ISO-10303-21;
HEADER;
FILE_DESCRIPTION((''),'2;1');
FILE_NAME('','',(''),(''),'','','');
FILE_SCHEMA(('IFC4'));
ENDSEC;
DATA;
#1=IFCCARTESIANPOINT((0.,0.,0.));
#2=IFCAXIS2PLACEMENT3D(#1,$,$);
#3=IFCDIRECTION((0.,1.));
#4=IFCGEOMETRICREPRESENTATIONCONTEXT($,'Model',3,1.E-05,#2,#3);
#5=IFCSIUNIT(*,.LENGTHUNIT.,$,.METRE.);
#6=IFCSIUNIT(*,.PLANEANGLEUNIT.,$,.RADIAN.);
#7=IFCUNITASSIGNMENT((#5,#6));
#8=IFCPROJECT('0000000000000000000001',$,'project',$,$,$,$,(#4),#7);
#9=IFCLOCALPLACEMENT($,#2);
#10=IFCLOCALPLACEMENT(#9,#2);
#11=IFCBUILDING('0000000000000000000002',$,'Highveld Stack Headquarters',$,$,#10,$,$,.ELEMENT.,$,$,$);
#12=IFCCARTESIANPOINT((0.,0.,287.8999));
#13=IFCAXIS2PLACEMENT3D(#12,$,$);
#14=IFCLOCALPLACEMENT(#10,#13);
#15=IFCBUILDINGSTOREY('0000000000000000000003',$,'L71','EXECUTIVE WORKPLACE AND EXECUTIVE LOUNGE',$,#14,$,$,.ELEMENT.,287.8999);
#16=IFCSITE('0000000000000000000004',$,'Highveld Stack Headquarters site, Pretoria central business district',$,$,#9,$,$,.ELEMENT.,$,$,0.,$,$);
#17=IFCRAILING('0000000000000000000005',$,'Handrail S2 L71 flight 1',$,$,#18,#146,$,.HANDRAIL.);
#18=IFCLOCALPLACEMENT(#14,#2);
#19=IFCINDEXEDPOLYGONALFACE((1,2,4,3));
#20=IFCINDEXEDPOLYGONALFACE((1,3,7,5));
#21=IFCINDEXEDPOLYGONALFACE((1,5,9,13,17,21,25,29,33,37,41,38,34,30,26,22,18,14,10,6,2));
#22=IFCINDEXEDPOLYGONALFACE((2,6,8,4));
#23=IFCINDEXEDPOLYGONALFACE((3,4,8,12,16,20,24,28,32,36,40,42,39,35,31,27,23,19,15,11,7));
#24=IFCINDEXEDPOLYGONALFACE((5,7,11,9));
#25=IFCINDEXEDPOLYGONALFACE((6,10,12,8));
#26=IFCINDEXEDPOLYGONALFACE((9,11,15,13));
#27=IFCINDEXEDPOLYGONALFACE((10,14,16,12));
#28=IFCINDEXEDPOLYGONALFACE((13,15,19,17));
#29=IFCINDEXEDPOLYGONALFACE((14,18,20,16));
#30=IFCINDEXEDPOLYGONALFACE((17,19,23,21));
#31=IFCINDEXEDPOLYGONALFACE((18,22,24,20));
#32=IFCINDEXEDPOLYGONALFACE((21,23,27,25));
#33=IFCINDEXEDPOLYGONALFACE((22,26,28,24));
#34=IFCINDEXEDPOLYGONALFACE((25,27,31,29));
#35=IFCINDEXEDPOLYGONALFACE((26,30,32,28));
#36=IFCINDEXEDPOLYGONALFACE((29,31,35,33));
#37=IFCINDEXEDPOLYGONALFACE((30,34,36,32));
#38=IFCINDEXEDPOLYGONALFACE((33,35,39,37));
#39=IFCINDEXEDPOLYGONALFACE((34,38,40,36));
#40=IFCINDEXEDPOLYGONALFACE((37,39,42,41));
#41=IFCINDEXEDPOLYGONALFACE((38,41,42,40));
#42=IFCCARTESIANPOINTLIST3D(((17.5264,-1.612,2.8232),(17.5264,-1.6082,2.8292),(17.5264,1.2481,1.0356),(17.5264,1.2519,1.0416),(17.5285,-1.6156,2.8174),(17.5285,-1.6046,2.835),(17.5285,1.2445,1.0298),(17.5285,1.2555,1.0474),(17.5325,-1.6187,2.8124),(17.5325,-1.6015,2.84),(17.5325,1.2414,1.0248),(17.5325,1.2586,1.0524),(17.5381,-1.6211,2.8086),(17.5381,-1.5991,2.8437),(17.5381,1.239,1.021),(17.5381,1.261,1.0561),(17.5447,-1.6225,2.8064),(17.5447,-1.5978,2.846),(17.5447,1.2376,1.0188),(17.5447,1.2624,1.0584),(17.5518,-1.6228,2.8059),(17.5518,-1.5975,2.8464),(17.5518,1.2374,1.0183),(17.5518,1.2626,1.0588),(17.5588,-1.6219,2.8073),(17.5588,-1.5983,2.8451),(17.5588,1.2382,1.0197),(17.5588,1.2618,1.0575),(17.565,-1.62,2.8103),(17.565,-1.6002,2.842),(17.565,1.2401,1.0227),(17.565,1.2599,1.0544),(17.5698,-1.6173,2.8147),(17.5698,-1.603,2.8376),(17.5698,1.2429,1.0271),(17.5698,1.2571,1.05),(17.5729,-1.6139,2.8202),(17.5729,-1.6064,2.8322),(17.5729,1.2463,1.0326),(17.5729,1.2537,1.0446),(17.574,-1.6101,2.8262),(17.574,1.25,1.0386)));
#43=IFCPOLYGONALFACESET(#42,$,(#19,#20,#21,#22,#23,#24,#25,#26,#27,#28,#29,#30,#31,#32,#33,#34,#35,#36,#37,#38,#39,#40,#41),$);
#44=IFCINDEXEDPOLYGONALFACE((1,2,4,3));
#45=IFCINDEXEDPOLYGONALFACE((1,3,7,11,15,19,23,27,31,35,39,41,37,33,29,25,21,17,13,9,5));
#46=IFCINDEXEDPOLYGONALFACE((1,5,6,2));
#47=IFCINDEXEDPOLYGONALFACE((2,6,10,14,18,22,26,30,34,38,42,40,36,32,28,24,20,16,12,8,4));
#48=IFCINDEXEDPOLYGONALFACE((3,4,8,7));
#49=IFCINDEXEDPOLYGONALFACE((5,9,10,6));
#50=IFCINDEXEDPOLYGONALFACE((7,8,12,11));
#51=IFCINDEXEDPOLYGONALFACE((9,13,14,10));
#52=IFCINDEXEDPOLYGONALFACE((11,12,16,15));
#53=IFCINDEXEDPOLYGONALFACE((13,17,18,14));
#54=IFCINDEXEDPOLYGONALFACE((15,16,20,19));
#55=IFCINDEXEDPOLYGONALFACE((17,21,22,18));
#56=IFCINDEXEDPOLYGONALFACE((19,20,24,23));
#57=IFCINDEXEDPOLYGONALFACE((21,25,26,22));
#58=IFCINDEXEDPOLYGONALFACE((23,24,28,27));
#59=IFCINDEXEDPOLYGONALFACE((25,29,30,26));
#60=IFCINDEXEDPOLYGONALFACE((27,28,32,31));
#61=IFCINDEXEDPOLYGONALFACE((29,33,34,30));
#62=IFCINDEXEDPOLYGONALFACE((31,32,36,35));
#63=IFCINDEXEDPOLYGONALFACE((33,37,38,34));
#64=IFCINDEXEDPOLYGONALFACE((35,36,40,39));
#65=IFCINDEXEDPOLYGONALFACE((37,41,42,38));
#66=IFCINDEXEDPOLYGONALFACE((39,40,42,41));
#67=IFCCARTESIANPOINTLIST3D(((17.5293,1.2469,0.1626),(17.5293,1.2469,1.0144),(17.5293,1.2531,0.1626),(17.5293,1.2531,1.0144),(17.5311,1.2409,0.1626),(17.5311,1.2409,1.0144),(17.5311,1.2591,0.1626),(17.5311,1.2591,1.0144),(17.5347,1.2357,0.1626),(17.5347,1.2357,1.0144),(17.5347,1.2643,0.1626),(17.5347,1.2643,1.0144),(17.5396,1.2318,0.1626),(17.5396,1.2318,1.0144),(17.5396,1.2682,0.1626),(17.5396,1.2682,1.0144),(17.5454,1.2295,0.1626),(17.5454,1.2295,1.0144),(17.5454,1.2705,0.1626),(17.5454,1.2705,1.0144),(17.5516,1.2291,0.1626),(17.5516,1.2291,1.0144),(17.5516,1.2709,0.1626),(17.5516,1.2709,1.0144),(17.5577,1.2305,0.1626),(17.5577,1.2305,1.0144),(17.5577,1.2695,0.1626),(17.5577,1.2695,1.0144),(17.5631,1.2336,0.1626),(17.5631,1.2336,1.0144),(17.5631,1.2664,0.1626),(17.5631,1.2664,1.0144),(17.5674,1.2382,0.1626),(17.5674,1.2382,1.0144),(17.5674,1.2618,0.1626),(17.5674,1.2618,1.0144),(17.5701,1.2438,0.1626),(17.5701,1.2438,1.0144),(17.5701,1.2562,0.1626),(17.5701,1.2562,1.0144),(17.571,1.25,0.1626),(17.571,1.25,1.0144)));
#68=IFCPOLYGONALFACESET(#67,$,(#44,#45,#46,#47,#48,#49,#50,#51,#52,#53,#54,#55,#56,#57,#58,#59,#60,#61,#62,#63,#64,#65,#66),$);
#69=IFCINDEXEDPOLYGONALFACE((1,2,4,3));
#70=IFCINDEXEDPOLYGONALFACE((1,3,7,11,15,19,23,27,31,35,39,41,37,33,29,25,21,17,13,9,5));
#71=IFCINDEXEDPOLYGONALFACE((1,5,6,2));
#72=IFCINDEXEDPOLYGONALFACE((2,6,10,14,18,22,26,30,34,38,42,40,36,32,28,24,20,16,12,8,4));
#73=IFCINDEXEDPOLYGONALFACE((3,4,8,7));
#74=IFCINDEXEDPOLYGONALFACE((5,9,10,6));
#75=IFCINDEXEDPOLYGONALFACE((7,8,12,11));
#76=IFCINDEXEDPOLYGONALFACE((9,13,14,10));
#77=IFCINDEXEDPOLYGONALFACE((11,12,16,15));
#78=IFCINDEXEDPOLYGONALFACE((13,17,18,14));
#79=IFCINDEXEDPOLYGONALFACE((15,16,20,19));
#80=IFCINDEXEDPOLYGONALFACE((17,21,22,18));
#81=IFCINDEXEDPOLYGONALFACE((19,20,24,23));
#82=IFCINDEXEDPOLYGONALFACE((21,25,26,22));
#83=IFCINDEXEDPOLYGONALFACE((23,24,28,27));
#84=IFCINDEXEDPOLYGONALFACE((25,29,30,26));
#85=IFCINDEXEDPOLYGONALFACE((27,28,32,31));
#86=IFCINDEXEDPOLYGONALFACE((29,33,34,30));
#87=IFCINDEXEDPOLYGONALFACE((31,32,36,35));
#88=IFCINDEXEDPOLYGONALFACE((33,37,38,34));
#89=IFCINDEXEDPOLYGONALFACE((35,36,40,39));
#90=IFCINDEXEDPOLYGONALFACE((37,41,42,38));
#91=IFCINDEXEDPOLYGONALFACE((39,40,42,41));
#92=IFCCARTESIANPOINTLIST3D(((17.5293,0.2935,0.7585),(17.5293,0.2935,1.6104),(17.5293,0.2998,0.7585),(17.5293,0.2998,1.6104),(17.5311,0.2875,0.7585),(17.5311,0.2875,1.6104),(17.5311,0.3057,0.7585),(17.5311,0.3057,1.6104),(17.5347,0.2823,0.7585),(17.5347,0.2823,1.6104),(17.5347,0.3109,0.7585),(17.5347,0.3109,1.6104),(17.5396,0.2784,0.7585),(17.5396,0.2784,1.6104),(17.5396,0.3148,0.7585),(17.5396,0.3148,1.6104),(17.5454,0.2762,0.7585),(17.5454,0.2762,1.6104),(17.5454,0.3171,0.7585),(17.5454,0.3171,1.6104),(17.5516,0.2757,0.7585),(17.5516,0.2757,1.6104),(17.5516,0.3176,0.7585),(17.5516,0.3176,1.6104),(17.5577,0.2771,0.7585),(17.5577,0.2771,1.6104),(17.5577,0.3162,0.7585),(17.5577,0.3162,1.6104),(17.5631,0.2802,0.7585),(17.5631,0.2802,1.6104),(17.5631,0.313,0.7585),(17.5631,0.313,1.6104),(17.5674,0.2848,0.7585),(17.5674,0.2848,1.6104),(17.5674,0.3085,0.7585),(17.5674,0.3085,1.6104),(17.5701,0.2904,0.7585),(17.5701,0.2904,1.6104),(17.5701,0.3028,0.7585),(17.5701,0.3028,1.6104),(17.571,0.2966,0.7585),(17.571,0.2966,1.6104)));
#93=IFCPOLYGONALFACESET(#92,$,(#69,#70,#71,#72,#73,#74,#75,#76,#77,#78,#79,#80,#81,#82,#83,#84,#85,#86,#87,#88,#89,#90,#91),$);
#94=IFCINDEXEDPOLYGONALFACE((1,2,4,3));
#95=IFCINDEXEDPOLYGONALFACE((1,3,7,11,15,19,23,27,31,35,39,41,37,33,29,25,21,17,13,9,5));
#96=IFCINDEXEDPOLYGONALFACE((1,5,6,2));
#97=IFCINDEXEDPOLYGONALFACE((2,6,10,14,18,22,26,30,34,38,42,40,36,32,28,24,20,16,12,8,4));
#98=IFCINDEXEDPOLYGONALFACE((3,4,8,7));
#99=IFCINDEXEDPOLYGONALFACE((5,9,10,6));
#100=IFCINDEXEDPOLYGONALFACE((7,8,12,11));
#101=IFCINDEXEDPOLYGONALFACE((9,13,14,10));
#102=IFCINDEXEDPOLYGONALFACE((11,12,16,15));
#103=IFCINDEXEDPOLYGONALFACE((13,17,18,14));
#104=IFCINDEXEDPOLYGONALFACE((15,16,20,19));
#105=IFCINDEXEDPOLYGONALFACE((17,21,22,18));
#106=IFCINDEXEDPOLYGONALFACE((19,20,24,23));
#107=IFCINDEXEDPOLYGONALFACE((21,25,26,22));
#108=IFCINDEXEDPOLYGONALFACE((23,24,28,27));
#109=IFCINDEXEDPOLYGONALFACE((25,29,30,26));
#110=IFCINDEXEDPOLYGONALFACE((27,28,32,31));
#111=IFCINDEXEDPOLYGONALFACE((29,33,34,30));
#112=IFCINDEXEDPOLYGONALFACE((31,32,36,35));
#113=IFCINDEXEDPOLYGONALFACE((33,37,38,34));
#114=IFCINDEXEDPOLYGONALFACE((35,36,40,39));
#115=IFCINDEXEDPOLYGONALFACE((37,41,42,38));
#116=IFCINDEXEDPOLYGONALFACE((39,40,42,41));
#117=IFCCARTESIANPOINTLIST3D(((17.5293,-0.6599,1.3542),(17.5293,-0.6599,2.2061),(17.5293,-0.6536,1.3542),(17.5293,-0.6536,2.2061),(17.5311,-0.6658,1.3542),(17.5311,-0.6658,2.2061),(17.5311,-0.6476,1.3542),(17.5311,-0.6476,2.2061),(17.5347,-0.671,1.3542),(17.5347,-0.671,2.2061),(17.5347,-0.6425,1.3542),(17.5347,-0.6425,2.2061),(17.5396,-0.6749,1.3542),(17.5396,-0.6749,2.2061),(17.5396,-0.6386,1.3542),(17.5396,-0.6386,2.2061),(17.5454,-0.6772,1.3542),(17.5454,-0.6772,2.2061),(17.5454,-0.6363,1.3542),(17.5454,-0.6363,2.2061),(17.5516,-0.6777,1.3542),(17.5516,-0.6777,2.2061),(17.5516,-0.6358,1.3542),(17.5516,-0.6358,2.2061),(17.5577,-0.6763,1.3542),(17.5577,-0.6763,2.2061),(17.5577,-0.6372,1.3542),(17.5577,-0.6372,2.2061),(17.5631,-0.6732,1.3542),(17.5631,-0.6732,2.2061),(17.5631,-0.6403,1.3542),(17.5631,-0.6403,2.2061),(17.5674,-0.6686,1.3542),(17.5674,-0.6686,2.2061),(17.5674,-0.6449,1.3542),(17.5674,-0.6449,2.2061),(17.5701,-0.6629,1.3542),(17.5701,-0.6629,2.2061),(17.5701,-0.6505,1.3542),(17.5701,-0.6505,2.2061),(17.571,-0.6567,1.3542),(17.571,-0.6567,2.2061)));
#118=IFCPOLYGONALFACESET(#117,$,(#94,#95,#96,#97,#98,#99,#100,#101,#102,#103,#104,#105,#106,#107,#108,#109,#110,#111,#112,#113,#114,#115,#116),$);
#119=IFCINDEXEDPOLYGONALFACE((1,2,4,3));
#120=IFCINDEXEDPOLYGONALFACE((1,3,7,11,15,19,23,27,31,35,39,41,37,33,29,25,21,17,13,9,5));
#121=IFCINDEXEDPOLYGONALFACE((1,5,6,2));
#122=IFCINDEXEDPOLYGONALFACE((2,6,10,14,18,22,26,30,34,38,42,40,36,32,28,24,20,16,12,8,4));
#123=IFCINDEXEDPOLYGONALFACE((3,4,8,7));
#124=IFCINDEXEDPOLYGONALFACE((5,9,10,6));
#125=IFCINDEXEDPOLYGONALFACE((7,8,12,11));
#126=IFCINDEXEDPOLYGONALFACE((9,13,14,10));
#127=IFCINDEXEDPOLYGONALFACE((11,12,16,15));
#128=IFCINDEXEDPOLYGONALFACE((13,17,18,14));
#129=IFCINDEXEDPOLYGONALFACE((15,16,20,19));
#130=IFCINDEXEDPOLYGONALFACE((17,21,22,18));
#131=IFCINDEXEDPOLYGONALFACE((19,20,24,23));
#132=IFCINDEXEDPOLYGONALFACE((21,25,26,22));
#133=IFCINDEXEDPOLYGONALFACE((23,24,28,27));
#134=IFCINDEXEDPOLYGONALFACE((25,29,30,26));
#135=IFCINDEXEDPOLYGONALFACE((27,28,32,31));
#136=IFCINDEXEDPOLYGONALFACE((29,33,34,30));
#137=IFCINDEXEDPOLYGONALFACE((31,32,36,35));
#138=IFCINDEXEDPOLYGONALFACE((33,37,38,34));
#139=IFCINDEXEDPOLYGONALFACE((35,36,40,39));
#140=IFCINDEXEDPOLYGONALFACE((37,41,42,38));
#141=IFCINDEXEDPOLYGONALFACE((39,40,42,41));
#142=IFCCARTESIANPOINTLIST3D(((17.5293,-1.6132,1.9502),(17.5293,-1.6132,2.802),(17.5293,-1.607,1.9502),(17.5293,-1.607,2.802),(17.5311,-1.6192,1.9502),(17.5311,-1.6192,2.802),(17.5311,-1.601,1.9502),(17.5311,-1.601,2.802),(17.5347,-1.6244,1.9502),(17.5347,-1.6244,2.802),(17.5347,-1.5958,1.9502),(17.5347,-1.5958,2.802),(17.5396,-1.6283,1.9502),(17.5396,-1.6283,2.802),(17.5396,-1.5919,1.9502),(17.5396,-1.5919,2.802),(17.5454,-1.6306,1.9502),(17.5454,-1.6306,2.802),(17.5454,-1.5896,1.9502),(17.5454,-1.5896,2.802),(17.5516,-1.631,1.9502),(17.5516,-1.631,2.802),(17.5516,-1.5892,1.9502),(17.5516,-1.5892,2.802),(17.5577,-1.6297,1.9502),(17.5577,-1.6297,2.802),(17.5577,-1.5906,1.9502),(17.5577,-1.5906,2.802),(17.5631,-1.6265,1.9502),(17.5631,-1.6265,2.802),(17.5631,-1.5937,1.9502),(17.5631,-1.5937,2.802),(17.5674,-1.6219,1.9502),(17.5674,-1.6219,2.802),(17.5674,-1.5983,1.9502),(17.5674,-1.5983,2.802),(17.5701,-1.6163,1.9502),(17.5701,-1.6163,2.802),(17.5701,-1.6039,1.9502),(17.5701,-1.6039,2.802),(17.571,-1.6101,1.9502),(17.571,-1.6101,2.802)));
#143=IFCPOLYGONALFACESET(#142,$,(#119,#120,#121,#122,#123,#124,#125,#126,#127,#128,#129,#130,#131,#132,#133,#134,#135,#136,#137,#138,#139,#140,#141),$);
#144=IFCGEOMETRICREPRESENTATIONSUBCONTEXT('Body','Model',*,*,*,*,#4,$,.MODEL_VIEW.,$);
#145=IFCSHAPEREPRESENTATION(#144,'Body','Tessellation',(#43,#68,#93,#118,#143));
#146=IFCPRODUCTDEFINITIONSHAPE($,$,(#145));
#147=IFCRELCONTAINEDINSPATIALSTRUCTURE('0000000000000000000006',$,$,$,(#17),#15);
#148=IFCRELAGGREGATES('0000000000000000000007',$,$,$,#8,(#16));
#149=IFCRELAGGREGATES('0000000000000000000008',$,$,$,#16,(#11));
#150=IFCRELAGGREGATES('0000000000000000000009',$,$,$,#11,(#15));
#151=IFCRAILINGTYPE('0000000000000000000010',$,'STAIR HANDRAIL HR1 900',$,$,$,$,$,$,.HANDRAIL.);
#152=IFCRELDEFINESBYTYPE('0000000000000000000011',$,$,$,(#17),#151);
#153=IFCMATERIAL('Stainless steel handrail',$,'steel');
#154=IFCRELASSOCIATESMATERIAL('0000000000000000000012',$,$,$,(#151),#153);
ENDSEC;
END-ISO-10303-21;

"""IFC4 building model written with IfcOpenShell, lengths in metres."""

from ifc_helpers import new_model, si_unit, direction, frame, origin, origin_2d, place, context, subcontext, project, spatial, circle, extrude, material, type_object, element, save


model = new_model("IFC4")

# Units and contexts
model_context = context("Model", 3, precision=1e-05, world=origin(), true_north=direction((0.0, 1.0)))
body_context = subcontext(model_context, "Body", "Model", "MODEL_VIEW")
ifc_project = project(units=[si_unit("LENGTHUNIT", "METRE"), si_unit("PLANEANGLEUNIT", "RADIAN")], contexts=[model_context])

# Site, building, storey
site_placement = place(None, origin())
site = spatial("IfcSite", under=ifc_project, at=site_placement, Name="Highveld Stack Headquarters site, Pretoria central business district", CompositionType="ELEMENT", RefElevation=0.0)
building_placement = place(site_placement, origin())
building = spatial("IfcBuilding", under=site, at=building_placement, Name="Highveld Stack Headquarters", CompositionType="ELEMENT")
storey_placement = place(building_placement, frame((0.0, 0.0, 287.8999)))
storey = spatial("IfcBuildingStorey", under=building, at=storey_placement, Name="L71", Description="EXECUTIVE WORKPLACE AND EXECUTIVE LOUNGE", CompositionType="ELEMENT", Elevation=287.8999)

# Railing
ifc_material_1 = material(Name="Stainless steel handrail", Category="steel")
railing_type = type_object("IfcRailingType", Name="STAIR HANDRAIL HR1 900", PredefinedType="HANDRAIL", material=ifc_material_1)
for number, where, name in (
    (1, (17.55, 1.25, 0.1626), "Handrail S2 L71 flight 1"),
):
    element("IfcRailing", number, at=place(storey_placement, frame(where)), inside=storey, type_object=railing_type, Name=name, PredefinedType="HANDRAIL", context=body_context, shape_type="SweptSolid", body=[
        extrude(circle(Radius=0.0239, at=origin_2d()), frame((0.0, 0.0, 0.876), z_axis=(0.0, -0.847994, 0.530005), x_axis=(1.0, 0.0, 0.0)), (0.0, 0.0, 1.0), 3.3728),
        extrude(circle(Radius=0.021, at=origin_2d()), origin(), (0.0, 0.0, 1.0), 0.8518),
        extrude(circle(Radius=0.021, at=origin_2d()), frame((0.0, -0.9534, 0.5959)), (0.0, 0.0, 1.0), 0.8518),
        extrude(circle(Radius=0.021, at=origin_2d()), frame((0.0, -1.9067, 1.1917)), (0.0, 0.0, 1.0), 0.8518),
        extrude(circle(Radius=0.021, at=origin_2d()), frame((0.0, -2.8601, 1.7876)), (0.0, 0.0, 1.0), 0.8518),
    ])

save(model, "model.ifc")
